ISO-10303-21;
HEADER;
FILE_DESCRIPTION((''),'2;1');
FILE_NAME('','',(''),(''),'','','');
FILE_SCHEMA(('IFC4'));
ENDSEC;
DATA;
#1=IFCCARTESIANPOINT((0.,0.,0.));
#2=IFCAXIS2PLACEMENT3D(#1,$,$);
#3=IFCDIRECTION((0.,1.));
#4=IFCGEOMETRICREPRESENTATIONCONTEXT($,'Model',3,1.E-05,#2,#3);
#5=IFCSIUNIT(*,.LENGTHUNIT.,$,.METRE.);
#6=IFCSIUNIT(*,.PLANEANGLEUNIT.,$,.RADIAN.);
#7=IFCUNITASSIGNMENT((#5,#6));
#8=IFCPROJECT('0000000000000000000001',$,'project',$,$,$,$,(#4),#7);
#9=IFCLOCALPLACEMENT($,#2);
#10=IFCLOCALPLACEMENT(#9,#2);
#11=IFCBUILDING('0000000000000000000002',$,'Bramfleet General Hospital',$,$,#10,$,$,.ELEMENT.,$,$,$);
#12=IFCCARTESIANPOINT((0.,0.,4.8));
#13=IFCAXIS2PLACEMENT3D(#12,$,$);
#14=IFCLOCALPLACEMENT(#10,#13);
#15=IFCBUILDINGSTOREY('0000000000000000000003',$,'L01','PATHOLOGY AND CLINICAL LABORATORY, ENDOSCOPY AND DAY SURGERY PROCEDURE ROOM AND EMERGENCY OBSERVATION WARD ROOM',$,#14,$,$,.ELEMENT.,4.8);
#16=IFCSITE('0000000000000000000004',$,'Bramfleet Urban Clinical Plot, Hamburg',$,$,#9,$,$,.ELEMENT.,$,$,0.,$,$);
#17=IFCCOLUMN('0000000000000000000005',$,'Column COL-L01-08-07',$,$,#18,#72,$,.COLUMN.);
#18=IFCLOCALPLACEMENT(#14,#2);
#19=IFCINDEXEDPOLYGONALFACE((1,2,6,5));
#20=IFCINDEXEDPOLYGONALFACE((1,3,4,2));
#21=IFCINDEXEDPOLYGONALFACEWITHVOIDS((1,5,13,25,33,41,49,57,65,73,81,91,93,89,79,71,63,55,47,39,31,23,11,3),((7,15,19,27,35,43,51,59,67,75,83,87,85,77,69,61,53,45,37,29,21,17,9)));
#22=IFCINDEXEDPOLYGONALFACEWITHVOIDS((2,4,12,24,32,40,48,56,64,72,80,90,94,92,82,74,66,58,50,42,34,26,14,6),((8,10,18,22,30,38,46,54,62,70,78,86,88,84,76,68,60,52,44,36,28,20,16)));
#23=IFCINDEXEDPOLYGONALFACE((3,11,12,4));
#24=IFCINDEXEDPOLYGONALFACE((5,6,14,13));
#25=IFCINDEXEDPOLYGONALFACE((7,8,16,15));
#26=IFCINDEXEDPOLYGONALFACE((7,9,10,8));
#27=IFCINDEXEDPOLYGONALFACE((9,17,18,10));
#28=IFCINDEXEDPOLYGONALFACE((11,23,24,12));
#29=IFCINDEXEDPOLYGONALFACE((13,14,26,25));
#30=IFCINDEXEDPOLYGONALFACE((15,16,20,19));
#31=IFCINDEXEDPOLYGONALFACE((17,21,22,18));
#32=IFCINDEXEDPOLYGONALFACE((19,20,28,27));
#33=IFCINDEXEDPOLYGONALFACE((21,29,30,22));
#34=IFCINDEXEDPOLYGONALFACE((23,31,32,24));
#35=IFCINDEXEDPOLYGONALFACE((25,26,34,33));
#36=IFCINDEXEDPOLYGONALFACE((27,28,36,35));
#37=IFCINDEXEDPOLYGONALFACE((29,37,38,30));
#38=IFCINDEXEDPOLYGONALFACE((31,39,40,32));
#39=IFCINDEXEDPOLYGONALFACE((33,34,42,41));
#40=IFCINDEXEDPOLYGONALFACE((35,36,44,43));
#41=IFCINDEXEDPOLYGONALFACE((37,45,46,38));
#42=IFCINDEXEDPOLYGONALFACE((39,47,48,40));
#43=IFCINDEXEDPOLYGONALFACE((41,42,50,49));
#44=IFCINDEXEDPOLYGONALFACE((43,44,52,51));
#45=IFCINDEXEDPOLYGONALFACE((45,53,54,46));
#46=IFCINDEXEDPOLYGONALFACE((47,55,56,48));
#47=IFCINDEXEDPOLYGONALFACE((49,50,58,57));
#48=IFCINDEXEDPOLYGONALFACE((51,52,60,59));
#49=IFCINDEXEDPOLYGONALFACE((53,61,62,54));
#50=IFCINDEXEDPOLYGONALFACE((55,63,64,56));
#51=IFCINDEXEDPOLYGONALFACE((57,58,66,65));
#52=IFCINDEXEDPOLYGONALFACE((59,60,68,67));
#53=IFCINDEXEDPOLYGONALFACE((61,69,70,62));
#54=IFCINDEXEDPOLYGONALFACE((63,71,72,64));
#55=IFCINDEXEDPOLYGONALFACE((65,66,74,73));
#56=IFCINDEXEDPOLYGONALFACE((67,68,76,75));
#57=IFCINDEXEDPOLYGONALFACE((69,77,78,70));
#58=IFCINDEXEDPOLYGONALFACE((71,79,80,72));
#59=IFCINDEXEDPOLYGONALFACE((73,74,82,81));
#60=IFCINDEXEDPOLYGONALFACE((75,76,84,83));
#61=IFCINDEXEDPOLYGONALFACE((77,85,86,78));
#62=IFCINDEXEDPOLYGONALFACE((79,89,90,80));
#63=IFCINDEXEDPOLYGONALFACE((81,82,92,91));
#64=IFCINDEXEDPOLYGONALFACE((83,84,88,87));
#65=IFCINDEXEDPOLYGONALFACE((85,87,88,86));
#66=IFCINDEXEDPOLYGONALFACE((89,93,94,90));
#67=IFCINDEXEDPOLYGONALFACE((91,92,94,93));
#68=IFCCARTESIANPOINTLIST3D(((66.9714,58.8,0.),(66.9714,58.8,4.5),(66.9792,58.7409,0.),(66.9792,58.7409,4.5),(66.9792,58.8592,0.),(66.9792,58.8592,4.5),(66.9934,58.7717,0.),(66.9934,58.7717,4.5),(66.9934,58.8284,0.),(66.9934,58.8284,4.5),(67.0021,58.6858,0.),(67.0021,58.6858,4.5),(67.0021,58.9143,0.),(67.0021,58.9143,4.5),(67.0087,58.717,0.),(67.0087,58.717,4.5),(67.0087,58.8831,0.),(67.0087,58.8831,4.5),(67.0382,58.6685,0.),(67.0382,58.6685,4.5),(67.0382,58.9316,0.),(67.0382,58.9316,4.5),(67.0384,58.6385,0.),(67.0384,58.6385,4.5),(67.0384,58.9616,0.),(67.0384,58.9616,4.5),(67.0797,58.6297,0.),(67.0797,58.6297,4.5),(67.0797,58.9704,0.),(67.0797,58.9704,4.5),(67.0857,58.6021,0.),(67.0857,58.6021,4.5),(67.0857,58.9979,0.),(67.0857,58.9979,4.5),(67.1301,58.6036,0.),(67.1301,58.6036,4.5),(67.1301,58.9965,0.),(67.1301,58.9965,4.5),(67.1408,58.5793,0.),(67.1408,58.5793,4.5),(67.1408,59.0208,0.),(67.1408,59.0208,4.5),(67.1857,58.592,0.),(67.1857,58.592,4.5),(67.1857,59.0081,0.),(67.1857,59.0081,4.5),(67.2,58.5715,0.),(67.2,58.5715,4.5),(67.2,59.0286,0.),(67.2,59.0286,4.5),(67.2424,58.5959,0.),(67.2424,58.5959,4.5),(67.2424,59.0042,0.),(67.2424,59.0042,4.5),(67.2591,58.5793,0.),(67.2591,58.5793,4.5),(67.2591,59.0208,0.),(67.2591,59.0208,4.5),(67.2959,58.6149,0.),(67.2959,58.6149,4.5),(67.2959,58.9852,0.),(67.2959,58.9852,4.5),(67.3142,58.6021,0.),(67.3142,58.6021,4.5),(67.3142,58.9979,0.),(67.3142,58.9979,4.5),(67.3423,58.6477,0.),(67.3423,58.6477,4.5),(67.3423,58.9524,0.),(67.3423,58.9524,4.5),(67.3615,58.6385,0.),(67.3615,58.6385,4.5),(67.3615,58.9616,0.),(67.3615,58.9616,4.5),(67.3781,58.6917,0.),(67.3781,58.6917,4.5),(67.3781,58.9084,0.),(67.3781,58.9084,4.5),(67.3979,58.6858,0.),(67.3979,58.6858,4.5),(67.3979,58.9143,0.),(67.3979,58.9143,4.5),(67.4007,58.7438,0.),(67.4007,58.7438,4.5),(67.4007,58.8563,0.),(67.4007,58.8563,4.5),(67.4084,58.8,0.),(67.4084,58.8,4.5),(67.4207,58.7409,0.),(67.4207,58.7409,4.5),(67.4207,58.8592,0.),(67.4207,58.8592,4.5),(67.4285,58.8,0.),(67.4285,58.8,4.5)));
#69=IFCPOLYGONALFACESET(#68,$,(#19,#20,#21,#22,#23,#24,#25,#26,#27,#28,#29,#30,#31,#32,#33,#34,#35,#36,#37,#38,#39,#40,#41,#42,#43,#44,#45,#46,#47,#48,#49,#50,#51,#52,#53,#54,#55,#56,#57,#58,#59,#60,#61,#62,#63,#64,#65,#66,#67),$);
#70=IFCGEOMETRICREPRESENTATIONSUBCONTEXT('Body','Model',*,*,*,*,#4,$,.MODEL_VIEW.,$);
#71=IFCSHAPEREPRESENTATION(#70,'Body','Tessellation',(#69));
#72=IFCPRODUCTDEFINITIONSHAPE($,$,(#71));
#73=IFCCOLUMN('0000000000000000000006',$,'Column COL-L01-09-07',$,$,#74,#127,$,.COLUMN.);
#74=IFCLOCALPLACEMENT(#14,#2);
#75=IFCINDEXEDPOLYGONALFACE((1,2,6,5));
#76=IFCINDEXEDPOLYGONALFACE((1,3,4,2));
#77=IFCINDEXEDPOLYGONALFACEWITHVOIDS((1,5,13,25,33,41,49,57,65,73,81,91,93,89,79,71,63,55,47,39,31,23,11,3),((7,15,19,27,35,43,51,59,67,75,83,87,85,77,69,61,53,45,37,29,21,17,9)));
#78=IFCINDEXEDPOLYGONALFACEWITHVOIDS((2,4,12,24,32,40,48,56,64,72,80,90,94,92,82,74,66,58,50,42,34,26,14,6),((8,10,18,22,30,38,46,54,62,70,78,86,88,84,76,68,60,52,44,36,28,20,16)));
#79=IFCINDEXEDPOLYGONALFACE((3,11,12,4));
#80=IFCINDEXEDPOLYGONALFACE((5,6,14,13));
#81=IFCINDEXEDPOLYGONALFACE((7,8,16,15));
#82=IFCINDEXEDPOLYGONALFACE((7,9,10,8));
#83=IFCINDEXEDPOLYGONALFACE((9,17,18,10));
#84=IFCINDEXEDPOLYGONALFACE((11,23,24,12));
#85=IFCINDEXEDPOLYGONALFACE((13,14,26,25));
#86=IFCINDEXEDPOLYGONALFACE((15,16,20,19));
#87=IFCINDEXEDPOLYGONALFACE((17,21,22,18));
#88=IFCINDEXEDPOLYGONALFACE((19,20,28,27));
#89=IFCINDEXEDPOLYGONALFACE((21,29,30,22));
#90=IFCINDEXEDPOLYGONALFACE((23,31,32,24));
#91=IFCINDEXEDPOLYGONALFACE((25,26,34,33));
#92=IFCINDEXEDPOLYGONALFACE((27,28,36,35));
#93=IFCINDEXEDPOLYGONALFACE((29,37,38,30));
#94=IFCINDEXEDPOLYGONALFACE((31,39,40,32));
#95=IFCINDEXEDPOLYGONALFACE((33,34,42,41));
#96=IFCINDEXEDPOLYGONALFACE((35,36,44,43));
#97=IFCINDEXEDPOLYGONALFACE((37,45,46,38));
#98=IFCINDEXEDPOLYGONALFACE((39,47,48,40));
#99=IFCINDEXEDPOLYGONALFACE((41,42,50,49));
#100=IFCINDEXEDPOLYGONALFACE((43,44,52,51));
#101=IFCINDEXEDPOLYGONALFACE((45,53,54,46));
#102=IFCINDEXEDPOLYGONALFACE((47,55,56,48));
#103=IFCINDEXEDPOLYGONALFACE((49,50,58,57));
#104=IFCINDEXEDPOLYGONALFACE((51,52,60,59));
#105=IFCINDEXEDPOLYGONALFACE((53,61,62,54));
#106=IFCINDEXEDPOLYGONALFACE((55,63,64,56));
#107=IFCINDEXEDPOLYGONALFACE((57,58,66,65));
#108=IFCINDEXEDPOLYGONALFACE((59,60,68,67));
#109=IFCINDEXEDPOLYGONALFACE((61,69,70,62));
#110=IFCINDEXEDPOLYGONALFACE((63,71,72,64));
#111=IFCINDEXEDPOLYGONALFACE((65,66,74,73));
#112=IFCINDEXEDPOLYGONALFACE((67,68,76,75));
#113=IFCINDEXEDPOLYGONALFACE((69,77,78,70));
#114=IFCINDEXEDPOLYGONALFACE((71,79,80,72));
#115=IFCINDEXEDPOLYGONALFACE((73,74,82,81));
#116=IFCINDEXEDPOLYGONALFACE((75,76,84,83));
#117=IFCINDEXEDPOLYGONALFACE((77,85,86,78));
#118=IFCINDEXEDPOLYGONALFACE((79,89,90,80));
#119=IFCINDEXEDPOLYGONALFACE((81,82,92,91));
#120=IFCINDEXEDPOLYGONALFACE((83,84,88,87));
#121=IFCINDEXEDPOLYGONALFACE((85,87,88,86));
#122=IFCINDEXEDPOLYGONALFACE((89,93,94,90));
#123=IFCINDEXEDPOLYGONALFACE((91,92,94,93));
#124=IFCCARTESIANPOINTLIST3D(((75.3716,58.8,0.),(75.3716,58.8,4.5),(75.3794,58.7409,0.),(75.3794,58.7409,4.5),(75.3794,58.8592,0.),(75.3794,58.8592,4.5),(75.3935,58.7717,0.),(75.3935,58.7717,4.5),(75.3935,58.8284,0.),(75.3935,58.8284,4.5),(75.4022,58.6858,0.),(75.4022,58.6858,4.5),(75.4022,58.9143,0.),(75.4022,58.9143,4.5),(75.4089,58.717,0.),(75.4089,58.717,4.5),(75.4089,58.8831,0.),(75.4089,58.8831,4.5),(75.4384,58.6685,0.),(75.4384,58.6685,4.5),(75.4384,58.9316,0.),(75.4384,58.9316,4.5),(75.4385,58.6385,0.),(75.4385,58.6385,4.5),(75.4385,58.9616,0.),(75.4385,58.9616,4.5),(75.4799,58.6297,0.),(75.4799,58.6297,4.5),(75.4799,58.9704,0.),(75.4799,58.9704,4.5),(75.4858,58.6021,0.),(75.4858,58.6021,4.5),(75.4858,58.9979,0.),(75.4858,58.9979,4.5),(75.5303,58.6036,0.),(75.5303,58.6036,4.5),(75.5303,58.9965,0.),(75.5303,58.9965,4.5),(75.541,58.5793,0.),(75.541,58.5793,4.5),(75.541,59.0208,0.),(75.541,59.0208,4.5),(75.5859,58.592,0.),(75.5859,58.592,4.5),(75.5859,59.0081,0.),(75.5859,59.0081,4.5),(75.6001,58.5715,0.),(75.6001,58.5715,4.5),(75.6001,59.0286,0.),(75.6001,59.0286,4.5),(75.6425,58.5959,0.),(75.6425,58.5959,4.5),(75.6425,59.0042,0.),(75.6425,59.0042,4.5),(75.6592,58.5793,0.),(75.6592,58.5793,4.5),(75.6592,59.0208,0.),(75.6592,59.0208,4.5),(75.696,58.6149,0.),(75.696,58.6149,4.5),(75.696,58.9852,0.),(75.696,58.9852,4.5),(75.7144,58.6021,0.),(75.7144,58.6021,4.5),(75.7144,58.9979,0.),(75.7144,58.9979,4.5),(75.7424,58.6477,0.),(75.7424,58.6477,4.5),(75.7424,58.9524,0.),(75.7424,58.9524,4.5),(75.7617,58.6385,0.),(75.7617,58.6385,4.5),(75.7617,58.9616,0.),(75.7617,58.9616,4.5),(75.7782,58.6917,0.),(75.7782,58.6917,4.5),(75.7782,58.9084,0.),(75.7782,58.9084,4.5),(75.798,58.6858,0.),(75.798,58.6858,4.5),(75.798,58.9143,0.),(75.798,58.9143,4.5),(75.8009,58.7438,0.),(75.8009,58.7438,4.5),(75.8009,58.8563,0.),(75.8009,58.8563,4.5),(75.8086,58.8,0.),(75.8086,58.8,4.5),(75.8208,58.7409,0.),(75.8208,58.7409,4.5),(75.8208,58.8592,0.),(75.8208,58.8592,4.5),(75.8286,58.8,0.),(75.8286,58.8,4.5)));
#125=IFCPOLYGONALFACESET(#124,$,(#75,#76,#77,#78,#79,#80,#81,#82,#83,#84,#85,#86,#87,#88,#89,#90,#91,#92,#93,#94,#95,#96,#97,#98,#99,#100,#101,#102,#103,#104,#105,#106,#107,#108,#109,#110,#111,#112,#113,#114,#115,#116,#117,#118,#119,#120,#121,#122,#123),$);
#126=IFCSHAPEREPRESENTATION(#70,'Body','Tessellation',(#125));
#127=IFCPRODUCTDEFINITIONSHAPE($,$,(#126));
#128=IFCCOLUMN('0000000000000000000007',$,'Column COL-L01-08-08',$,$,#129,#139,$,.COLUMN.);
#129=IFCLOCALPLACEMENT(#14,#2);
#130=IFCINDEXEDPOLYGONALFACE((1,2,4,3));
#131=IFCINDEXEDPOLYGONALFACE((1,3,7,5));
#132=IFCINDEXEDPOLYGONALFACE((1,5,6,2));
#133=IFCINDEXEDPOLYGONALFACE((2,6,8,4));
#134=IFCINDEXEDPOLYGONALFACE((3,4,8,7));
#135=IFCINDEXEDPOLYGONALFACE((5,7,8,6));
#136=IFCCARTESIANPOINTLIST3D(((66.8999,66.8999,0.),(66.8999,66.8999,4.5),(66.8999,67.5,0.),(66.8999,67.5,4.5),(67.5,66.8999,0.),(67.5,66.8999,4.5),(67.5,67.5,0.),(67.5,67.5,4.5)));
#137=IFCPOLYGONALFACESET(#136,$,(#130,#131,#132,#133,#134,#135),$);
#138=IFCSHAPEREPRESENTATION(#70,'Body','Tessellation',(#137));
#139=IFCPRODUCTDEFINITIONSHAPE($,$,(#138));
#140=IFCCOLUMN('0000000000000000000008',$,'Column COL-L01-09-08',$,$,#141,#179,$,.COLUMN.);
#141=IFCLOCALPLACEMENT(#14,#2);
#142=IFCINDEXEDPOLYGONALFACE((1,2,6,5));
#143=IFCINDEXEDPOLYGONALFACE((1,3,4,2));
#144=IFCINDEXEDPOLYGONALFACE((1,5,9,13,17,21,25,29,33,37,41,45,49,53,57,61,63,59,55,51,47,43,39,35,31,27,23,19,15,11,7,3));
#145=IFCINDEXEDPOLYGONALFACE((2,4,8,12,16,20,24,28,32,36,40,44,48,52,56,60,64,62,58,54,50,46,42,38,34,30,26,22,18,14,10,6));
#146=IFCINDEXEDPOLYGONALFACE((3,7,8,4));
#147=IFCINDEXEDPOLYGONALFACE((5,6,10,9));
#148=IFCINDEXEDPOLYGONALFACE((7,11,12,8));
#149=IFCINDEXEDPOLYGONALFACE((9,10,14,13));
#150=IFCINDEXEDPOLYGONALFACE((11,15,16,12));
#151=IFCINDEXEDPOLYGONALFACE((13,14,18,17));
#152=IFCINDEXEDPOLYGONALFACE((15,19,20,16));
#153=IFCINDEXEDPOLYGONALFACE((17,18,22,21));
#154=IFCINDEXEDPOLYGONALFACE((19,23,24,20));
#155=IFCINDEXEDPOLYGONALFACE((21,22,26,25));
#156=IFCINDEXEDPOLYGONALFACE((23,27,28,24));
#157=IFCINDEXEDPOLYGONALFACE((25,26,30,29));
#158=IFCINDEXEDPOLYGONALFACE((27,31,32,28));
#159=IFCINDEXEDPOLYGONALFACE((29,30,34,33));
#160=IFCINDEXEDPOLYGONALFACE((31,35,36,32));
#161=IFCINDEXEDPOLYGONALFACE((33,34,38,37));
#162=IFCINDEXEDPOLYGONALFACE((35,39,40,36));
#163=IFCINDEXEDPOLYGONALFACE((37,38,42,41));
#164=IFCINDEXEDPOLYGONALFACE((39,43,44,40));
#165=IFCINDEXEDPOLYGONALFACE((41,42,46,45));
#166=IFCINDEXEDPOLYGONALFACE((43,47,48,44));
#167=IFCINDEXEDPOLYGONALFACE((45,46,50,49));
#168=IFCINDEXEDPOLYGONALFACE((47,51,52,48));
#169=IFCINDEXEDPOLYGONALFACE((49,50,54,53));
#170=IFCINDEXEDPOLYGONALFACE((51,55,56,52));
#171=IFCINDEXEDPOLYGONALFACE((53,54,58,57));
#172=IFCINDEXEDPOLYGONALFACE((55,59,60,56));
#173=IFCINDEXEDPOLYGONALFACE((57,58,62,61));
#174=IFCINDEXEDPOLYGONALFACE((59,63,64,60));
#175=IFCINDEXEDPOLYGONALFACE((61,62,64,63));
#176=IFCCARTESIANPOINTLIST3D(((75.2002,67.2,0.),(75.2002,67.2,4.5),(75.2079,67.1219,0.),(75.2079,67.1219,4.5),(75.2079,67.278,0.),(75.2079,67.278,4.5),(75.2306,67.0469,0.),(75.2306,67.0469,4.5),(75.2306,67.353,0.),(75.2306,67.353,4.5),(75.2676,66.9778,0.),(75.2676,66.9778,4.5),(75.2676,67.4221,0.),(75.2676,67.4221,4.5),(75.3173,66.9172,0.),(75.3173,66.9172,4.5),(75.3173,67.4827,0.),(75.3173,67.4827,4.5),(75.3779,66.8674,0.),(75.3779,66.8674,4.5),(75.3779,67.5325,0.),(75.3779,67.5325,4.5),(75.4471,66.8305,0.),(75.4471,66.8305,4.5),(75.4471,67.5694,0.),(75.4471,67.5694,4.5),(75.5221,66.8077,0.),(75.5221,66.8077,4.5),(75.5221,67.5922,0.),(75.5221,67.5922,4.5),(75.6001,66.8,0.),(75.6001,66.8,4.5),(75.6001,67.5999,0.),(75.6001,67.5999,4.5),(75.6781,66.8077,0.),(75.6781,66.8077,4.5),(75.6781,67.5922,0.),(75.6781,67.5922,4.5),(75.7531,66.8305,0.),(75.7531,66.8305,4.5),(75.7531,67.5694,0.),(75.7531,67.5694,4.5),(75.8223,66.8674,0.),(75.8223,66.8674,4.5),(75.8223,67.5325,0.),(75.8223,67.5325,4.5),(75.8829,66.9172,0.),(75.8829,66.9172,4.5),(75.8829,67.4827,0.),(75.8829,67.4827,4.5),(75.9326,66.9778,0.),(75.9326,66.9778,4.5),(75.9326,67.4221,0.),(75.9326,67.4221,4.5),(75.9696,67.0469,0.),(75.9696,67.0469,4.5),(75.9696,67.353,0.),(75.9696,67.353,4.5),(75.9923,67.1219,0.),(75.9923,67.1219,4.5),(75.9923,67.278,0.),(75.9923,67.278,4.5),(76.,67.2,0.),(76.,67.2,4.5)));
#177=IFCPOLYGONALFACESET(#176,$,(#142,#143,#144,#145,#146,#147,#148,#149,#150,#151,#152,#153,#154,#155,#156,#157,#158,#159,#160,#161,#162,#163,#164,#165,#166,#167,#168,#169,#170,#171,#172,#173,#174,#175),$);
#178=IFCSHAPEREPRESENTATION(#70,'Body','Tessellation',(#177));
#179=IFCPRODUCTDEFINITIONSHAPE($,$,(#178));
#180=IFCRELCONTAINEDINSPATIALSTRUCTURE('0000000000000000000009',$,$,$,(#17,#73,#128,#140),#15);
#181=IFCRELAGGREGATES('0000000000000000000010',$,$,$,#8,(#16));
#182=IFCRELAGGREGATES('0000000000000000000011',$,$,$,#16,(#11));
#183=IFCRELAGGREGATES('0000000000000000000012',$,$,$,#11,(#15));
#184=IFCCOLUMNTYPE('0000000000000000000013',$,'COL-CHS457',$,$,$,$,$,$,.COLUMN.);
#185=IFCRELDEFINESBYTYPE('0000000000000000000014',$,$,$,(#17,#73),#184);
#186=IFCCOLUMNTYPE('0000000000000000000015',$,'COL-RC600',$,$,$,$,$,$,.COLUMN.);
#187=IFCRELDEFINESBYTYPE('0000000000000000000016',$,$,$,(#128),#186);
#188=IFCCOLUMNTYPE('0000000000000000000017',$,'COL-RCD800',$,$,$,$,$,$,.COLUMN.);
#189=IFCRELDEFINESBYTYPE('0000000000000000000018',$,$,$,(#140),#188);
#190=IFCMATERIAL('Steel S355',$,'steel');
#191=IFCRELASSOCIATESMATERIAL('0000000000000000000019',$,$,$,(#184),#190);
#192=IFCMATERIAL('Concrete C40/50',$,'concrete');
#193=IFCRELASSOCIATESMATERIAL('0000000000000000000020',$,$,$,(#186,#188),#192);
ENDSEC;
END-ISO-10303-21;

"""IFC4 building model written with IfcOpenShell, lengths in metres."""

from ifc_helpers import new_model, si_unit, direction, frame, origin, origin_2d, place, context, subcontext, project, spatial, rectangle, circle, hollow_circle, extrude, material, material_profile, profile_set, type_object, element, save


model = new_model("IFC4")

# Units and contexts
model_context = context("Model", 3, precision=1e-05, world=origin(), true_north=direction((0.0, 1.0)))
body_context = subcontext(model_context, "Body", "Model", "MODEL_VIEW")
ifc_project = project(units=[si_unit("LENGTHUNIT", "METRE"), si_unit("PLANEANGLEUNIT", "RADIAN")], contexts=[model_context])

# Site, building, storey
site_placement = place(None, origin())
site = spatial("IfcSite", under=ifc_project, at=site_placement, Name="Bramfleet Urban Clinical Plot, Hamburg", CompositionType="ELEMENT", RefElevation=0.0)
building_placement = place(site_placement, origin())
building = spatial("IfcBuilding", under=site, at=building_placement, Name="Bramfleet General Hospital", CompositionType="ELEMENT")
storey_placement = place(building_placement, frame((0.0, 0.0, 4.8)))
storey = spatial("IfcBuildingStorey", under=building, at=storey_placement, Name="L01", Description="PATHOLOGY AND CLINICAL LABORATORY, ENDOSCOPY AND DAY SURGERY PROCEDURE ROOM AND EMERGENCY OBSERVATION WARD ROOM", CompositionType="ELEMENT", Elevation=4.8)

# Columns
ifc_material_1 = material(Name="Steel S355", Category="steel")
ifc_material_profile_1 = material_profile(ifc_material_1, hollow_circle(Radius=0.2285, WallThickness=0.02, at=origin_2d()), Name="CHS 457.0x20.0")
ifc_profile_set_1 = profile_set([ifc_material_profile_1], Name="Steel S355")
column_type_1 = type_object("IfcColumnType", Name="COL-CHS457", PredefinedType="COLUMN", material=ifc_profile_set_1)
for number, where, z_axis, x_axis, name in (
    (1, (67.2, 58.8, 0.0), (0.0, 0.0, 1.0), (1.0, 0.0, 0.0), "Column COL-L01-08-07"),
    (2, (75.6001, 58.8, 0.0), (0.0, 0.0, 1.0), (1.0, 0.0, 0.0), "Column COL-L01-09-07"),
):
    element("IfcColumn", number, at=place(storey_placement, frame(where, z_axis=z_axis, x_axis=x_axis)), inside=storey, type_object=column_type_1, Name=name, PredefinedType="COLUMN", context=body_context, shape_type="SweptSolid", body=[
        extrude(hollow_circle(Radius=0.2285, WallThickness=0.02, at=origin_2d()), origin(), (0.0, 0.0, 1.0), 4.5),
    ])
ifc_material_2 = material(Name="Concrete C40/50", Category="concrete")
ifc_material_profile_2 = material_profile(ifc_material_2, rectangle(XDim=0.6001, YDim=0.6001, at=origin_2d()), Name="RC COL 600x600")
ifc_profile_set_2 = profile_set([ifc_material_profile_2], Name="Concrete C40/50")
column_type_2 = type_object("IfcColumnType", Name="COL-RC600", PredefinedType="COLUMN", material=ifc_profile_set_2)
column_1_placement = place(storey_placement, frame((67.2, 67.2, 0.0), z_axis=(0.0, 0.0, 1.0), x_axis=(1.0, 0.0, 0.0)))
element("IfcColumn", 3, at=column_1_placement, inside=storey, type_object=column_type_2, Name="Column COL-L01-08-08", PredefinedType="COLUMN", context=body_context, shape_type="SweptSolid", body=[
    extrude(rectangle(XDim=0.6001, YDim=0.6001, at=origin_2d()), origin(), (0.0, 0.0, 1.0), 4.5),
])
ifc_material_profile_3 = material_profile(ifc_material_2, circle(Radius=0.3999, at=origin_2d()), Name="RC ROUND D800")
ifc_profile_set_3 = profile_set([ifc_material_profile_3], Name="Concrete C40/50")
column_type_3 = type_object("IfcColumnType", Name="COL-RCD800", PredefinedType="COLUMN", material=ifc_profile_set_3)
column_2_placement = place(storey_placement, frame((75.6001, 67.2, 0.0), z_axis=(0.0, 0.0, 1.0), x_axis=(1.0, 0.0, 0.0)))
element("IfcColumn", 4, at=column_2_placement, inside=storey, type_object=column_type_3, Name="Column COL-L01-09-08", PredefinedType="COLUMN", context=body_context, shape_type="SweptSolid", body=[
    extrude(circle(Radius=0.3999, at=origin_2d()), origin(), (0.0, 0.0, 1.0), 4.5),
])

save(model, "model.ifc")
